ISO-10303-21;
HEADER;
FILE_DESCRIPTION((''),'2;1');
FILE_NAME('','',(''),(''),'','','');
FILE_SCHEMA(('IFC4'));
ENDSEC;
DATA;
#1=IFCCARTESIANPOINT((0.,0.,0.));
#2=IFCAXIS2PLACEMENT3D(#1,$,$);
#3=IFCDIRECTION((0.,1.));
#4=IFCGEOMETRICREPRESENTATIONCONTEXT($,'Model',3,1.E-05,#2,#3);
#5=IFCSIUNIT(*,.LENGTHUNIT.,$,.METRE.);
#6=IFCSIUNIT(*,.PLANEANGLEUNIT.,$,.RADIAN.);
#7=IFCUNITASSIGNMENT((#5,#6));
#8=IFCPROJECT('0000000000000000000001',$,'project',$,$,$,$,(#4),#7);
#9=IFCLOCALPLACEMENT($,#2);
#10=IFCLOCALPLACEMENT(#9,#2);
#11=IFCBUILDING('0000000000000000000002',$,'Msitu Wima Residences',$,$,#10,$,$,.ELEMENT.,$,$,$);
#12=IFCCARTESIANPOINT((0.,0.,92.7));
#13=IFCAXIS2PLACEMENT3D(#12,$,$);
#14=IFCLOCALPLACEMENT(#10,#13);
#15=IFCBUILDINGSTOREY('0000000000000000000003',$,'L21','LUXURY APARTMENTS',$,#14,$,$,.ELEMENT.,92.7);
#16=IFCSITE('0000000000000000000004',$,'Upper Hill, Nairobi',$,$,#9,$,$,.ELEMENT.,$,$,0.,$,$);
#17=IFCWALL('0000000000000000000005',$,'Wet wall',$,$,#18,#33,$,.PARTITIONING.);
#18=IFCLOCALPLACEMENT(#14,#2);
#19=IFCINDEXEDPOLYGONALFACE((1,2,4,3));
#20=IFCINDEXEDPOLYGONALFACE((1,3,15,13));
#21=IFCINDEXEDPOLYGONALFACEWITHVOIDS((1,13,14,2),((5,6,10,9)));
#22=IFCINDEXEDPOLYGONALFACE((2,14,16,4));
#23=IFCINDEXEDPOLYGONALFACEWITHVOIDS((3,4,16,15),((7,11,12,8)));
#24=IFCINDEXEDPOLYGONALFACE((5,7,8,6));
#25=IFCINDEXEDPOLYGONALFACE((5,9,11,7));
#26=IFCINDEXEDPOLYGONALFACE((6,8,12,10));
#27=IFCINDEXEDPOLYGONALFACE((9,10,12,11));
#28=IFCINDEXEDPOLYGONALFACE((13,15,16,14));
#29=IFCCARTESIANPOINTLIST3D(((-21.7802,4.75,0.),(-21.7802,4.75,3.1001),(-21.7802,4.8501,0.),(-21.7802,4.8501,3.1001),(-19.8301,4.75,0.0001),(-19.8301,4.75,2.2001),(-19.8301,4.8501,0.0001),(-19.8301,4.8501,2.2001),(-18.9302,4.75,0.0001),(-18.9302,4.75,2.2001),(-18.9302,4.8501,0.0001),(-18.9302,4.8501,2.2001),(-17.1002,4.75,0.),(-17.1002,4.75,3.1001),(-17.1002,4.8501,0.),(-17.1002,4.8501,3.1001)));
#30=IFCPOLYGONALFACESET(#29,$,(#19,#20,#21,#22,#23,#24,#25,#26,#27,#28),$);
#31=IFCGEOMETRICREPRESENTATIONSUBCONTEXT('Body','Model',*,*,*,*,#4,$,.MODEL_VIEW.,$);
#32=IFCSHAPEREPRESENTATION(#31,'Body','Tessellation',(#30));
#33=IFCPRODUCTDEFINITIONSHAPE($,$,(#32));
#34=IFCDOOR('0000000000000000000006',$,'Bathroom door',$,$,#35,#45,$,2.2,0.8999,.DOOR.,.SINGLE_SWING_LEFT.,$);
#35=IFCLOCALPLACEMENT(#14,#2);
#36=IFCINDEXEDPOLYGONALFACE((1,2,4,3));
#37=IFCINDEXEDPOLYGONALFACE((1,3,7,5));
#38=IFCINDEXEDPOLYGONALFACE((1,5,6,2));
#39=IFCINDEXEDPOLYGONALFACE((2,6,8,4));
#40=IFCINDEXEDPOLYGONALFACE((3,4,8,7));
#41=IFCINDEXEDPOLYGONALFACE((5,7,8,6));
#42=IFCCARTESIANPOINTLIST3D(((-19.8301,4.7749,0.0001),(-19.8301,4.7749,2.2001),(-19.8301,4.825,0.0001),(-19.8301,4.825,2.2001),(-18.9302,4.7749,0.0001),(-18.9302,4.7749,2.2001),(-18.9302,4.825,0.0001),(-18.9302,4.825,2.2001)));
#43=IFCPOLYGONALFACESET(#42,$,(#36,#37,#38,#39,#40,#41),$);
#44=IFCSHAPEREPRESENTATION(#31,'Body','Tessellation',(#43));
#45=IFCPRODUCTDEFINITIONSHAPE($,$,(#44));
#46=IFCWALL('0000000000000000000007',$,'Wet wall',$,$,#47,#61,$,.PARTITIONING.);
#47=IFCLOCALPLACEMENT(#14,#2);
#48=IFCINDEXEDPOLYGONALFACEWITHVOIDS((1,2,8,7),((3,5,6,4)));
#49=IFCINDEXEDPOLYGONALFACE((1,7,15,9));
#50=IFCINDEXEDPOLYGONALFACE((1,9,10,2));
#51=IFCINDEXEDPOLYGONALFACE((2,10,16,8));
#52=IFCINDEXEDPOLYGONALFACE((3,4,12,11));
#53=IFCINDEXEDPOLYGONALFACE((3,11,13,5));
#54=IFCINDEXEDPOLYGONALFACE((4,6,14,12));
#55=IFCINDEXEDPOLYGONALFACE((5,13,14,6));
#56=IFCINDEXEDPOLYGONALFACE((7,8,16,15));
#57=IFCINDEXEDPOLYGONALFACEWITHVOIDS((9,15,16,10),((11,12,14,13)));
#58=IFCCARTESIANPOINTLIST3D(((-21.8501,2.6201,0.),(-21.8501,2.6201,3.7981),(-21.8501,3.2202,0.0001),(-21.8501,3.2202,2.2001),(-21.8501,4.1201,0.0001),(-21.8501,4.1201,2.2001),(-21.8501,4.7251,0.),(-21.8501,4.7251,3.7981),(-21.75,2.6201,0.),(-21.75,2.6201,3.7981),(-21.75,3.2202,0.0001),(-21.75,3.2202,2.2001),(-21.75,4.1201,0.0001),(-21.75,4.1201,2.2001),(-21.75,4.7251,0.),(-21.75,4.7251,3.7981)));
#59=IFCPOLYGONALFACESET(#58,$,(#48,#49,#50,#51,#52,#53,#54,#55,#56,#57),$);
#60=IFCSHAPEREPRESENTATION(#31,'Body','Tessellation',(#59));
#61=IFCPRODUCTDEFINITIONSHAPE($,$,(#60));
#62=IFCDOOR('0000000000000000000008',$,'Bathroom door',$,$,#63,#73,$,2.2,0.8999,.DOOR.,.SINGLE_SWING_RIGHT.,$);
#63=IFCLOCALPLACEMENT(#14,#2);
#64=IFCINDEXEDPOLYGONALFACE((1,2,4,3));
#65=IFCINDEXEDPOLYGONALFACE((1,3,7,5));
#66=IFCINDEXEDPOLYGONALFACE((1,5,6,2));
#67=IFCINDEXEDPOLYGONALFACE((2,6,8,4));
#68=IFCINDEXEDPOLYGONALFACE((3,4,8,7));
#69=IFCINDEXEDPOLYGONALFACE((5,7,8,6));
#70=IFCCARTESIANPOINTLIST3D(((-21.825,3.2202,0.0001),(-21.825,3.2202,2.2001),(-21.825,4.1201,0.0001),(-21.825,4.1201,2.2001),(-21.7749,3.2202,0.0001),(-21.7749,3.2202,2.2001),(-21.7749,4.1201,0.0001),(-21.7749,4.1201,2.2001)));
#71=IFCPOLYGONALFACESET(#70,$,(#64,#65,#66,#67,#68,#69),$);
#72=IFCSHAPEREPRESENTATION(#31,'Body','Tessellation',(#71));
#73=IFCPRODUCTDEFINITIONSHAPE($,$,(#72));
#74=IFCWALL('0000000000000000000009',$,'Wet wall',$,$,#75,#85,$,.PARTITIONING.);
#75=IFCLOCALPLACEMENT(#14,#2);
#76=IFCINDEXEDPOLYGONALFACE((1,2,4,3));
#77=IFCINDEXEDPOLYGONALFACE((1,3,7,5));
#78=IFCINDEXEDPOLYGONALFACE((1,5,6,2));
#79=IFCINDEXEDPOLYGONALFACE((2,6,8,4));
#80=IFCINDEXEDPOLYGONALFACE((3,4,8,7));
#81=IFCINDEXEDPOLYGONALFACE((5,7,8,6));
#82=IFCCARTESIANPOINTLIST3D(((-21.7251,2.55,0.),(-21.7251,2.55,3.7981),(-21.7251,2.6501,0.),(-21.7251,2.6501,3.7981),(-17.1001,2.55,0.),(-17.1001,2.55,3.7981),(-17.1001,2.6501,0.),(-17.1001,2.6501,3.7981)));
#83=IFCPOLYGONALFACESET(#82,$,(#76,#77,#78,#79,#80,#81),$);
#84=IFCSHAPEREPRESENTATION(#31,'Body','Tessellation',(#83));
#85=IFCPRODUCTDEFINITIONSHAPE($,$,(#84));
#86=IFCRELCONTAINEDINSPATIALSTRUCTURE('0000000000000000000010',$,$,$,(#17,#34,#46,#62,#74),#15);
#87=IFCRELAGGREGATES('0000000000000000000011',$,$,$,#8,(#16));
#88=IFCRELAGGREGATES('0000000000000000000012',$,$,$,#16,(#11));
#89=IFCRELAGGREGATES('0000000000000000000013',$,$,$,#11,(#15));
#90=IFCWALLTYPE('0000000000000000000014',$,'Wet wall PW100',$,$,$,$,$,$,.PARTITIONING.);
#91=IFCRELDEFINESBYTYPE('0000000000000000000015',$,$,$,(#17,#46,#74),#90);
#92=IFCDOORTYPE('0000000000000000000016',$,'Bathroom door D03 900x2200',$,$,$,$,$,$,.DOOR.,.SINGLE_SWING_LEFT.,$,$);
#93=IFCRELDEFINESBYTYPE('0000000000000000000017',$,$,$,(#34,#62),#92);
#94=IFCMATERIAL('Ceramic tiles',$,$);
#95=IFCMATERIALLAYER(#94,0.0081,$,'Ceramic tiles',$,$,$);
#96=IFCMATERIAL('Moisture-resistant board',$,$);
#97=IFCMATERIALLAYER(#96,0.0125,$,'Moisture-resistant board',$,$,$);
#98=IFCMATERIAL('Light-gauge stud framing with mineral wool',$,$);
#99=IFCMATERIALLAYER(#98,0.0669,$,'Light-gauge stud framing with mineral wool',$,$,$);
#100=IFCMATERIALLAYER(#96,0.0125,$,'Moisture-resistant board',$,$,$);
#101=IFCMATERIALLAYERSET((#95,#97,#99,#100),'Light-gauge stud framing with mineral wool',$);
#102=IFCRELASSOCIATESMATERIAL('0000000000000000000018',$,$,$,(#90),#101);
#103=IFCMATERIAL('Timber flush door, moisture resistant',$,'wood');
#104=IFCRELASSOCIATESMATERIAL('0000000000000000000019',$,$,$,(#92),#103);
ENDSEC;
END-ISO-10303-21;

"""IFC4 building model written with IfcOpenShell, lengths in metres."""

from ifc_helpers import new_model, si_unit, direction, frame, frame_2d, origin, place, context, subcontext, project, spatial, rectangle, extrude, material, layer, layer_set, type_object, element, fill, save


model = new_model("IFC4")

# Units and contexts
model_context = context("Model", 3, precision=1e-05, world=origin(), true_north=direction((0.0, 1.0)))
body_context = subcontext(model_context, "Body", "Model", "MODEL_VIEW")
ifc_project = project(units=[si_unit("LENGTHUNIT", "METRE"), si_unit("PLANEANGLEUNIT", "RADIAN")], contexts=[model_context])

# Site, building, storey
site_placement = place(None, origin())
site = spatial("IfcSite", under=ifc_project, at=site_placement, Name="Upper Hill, Nairobi", CompositionType="ELEMENT", RefElevation=0.0)
building_placement = place(site_placement, origin())
building = spatial("IfcBuilding", under=site, at=building_placement, Name="Msitu Wima Residences", CompositionType="ELEMENT")
storey_placement = place(building_placement, frame((0.0, 0.0, 92.7)))
storey = spatial("IfcBuildingStorey", under=building, at=storey_placement, Name="L21", Description="LUXURY APARTMENTS", CompositionType="ELEMENT", Elevation=92.7)

# Walls, openings, doors
ifc_material_1 = material(Name="Ceramic tiles")
ifc_layer_1 = layer(ifc_material_1, 0.0081, Name="Ceramic tiles")
ifc_material_2 = material(Name="Moisture-resistant board")
ifc_layer_2 = layer(ifc_material_2, 0.0125, Name="Moisture-resistant board")
ifc_material_3 = material(Name="Light-gauge stud framing with mineral wool")
ifc_layer_3 = layer(ifc_material_3, 0.0669, Name="Light-gauge stud framing with mineral wool")
ifc_layer_4 = layer(ifc_material_2, 0.0125, Name="Moisture-resistant board")
ifc_layer_set_1 = layer_set([ifc_layer_1, ifc_layer_2, ifc_layer_3, ifc_layer_4], Name="Light-gauge stud framing with mineral wool")
wall_type_1 = type_object("IfcWallType", Name="Wet wall PW100", PredefinedType="PARTITIONING", material=ifc_layer_set_1)
wall_1_placement = place(storey_placement, frame((-21.78, 4.8, 0.0), z_axis=(0.0, 0.0, 1.0), x_axis=(1.0, 0.0, 0.0)))
wall_1 = element("IfcWall", 1, at=wall_1_placement, inside=storey, type_object=wall_type_1, Name="Wet wall", PredefinedType="PARTITIONING", context=body_context, shape_type="SweptSolid", body=[
    extrude(rectangle(XDim=4.6799, YDim=0.1001, at=frame_2d((2.3398, 0.0))), origin(), (0.0, 0.0, 1.0), 3.1001),
])
opening_1_placement = place(wall_1_placement, frame((1.95, 0.0, 0.0)))
opening_1 = element("IfcOpeningElement", 2, at=opening_1_placement, cuts=wall_1, PredefinedType="OPENING", context=body_context, shape_type="SweptSolid", body=[
    extrude(rectangle(XDim=0.8999, YDim=2.2, at=frame_2d((0.45, 1.1001))), frame((0.0, 0.0601, 0.0), z_axis=(0.0, -1.0, 0.0), x_axis=(1.0, 0.0, 0.0)), (0.0, 0.0, 1.0), 0.1201),
])
ifc_material_4 = material(Name="Timber flush door, moisture resistant", Category="wood")
door_type_1 = type_object("IfcDoorType", Name="Bathroom door D03 900x2200", OperationType="SINGLE_SWING_LEFT", PredefinedType="DOOR", material=ifc_material_4)
door_1_placement = place(opening_1_placement, origin())
door_1 = element("IfcDoor", 3, at=door_1_placement, inside=storey, type_object=door_type_1, Name="Bathroom door", OperationType="SINGLE_SWING_LEFT", OverallHeight=2.2, OverallWidth=0.8999, PredefinedType="DOOR", context=body_context, shape_type="SweptSolid", body=[
    extrude(rectangle(XDim=0.8999, YDim=2.2, at=frame_2d((0.45, 1.1001))), frame((0.0, 0.0249, 0.0), z_axis=(0.0, -1.0, 0.0), x_axis=(1.0, 0.0, 0.0)), (0.0, 0.0, 1.0), 0.05),
])
fill(opening_1, door_1)
wall_2_placement = place(storey_placement, frame((-21.8, 2.6201, 0.0), z_axis=(0.0, 0.0, 1.0), x_axis=(0.0, 1.0, 0.0)))
wall_2 = element("IfcWall", 4, at=wall_2_placement, inside=storey, type_object=wall_type_1, Name="Wet wall", PredefinedType="PARTITIONING", context=body_context, shape_type="SweptSolid", body=[
    extrude(rectangle(XDim=2.105, YDim=0.1001, at=frame_2d((1.0525, 0.0))), origin(), (0.0, 0.0, 1.0), 3.7981),
])
opening_2_placement = place(wall_2_placement, frame((0.6001, 0.0, 0.0)))
opening_2 = element("IfcOpeningElement", 5, at=opening_2_placement, cuts=wall_2, PredefinedType="OPENING", context=body_context, shape_type="SweptSolid", body=[
    extrude(rectangle(XDim=0.8999, YDim=2.2, at=frame_2d((0.45, 1.1001))), frame((0.0, 0.0601, 0.0), z_axis=(0.0, -1.0, 0.0), x_axis=(1.0, 0.0, 0.0)), (0.0, 0.0, 1.0), 0.1201),
])
door_2_placement = place(opening_2_placement, origin())
door_2 = element("IfcDoor", 6, at=door_2_placement, inside=storey, type_object=door_type_1, Name="Bathroom door", OperationType="SINGLE_SWING_RIGHT", OverallHeight=2.2, OverallWidth=0.8999, PredefinedType="DOOR", context=body_context, shape_type="SweptSolid", body=[
    extrude(rectangle(XDim=0.8999, YDim=2.2, at=frame_2d((0.45, 1.1001))), frame((0.0, 0.0249, 0.0), z_axis=(0.0, -1.0, 0.0), x_axis=(1.0, 0.0, 0.0)), (0.0, 0.0, 1.0), 0.05),
])
fill(opening_2, door_2)

# Wall
wall_3_placement = place(storey_placement, frame((-21.7251, 2.6001, 0.0), z_axis=(0.0, 0.0, 1.0), x_axis=(1.0, 0.0, 0.0)))
element("IfcWall", 7, at=wall_3_placement, inside=storey, type_object=wall_type_1, Name="Wet wall", PredefinedType="PARTITIONING", context=body_context, shape_type="SweptSolid", body=[
    extrude(rectangle(XDim=4.625, YDim=0.1001, at=frame_2d((2.3125, 0.0))), origin(), (0.0, 0.0, 1.0), 3.7981),
])

save(model, "model.ifc")
